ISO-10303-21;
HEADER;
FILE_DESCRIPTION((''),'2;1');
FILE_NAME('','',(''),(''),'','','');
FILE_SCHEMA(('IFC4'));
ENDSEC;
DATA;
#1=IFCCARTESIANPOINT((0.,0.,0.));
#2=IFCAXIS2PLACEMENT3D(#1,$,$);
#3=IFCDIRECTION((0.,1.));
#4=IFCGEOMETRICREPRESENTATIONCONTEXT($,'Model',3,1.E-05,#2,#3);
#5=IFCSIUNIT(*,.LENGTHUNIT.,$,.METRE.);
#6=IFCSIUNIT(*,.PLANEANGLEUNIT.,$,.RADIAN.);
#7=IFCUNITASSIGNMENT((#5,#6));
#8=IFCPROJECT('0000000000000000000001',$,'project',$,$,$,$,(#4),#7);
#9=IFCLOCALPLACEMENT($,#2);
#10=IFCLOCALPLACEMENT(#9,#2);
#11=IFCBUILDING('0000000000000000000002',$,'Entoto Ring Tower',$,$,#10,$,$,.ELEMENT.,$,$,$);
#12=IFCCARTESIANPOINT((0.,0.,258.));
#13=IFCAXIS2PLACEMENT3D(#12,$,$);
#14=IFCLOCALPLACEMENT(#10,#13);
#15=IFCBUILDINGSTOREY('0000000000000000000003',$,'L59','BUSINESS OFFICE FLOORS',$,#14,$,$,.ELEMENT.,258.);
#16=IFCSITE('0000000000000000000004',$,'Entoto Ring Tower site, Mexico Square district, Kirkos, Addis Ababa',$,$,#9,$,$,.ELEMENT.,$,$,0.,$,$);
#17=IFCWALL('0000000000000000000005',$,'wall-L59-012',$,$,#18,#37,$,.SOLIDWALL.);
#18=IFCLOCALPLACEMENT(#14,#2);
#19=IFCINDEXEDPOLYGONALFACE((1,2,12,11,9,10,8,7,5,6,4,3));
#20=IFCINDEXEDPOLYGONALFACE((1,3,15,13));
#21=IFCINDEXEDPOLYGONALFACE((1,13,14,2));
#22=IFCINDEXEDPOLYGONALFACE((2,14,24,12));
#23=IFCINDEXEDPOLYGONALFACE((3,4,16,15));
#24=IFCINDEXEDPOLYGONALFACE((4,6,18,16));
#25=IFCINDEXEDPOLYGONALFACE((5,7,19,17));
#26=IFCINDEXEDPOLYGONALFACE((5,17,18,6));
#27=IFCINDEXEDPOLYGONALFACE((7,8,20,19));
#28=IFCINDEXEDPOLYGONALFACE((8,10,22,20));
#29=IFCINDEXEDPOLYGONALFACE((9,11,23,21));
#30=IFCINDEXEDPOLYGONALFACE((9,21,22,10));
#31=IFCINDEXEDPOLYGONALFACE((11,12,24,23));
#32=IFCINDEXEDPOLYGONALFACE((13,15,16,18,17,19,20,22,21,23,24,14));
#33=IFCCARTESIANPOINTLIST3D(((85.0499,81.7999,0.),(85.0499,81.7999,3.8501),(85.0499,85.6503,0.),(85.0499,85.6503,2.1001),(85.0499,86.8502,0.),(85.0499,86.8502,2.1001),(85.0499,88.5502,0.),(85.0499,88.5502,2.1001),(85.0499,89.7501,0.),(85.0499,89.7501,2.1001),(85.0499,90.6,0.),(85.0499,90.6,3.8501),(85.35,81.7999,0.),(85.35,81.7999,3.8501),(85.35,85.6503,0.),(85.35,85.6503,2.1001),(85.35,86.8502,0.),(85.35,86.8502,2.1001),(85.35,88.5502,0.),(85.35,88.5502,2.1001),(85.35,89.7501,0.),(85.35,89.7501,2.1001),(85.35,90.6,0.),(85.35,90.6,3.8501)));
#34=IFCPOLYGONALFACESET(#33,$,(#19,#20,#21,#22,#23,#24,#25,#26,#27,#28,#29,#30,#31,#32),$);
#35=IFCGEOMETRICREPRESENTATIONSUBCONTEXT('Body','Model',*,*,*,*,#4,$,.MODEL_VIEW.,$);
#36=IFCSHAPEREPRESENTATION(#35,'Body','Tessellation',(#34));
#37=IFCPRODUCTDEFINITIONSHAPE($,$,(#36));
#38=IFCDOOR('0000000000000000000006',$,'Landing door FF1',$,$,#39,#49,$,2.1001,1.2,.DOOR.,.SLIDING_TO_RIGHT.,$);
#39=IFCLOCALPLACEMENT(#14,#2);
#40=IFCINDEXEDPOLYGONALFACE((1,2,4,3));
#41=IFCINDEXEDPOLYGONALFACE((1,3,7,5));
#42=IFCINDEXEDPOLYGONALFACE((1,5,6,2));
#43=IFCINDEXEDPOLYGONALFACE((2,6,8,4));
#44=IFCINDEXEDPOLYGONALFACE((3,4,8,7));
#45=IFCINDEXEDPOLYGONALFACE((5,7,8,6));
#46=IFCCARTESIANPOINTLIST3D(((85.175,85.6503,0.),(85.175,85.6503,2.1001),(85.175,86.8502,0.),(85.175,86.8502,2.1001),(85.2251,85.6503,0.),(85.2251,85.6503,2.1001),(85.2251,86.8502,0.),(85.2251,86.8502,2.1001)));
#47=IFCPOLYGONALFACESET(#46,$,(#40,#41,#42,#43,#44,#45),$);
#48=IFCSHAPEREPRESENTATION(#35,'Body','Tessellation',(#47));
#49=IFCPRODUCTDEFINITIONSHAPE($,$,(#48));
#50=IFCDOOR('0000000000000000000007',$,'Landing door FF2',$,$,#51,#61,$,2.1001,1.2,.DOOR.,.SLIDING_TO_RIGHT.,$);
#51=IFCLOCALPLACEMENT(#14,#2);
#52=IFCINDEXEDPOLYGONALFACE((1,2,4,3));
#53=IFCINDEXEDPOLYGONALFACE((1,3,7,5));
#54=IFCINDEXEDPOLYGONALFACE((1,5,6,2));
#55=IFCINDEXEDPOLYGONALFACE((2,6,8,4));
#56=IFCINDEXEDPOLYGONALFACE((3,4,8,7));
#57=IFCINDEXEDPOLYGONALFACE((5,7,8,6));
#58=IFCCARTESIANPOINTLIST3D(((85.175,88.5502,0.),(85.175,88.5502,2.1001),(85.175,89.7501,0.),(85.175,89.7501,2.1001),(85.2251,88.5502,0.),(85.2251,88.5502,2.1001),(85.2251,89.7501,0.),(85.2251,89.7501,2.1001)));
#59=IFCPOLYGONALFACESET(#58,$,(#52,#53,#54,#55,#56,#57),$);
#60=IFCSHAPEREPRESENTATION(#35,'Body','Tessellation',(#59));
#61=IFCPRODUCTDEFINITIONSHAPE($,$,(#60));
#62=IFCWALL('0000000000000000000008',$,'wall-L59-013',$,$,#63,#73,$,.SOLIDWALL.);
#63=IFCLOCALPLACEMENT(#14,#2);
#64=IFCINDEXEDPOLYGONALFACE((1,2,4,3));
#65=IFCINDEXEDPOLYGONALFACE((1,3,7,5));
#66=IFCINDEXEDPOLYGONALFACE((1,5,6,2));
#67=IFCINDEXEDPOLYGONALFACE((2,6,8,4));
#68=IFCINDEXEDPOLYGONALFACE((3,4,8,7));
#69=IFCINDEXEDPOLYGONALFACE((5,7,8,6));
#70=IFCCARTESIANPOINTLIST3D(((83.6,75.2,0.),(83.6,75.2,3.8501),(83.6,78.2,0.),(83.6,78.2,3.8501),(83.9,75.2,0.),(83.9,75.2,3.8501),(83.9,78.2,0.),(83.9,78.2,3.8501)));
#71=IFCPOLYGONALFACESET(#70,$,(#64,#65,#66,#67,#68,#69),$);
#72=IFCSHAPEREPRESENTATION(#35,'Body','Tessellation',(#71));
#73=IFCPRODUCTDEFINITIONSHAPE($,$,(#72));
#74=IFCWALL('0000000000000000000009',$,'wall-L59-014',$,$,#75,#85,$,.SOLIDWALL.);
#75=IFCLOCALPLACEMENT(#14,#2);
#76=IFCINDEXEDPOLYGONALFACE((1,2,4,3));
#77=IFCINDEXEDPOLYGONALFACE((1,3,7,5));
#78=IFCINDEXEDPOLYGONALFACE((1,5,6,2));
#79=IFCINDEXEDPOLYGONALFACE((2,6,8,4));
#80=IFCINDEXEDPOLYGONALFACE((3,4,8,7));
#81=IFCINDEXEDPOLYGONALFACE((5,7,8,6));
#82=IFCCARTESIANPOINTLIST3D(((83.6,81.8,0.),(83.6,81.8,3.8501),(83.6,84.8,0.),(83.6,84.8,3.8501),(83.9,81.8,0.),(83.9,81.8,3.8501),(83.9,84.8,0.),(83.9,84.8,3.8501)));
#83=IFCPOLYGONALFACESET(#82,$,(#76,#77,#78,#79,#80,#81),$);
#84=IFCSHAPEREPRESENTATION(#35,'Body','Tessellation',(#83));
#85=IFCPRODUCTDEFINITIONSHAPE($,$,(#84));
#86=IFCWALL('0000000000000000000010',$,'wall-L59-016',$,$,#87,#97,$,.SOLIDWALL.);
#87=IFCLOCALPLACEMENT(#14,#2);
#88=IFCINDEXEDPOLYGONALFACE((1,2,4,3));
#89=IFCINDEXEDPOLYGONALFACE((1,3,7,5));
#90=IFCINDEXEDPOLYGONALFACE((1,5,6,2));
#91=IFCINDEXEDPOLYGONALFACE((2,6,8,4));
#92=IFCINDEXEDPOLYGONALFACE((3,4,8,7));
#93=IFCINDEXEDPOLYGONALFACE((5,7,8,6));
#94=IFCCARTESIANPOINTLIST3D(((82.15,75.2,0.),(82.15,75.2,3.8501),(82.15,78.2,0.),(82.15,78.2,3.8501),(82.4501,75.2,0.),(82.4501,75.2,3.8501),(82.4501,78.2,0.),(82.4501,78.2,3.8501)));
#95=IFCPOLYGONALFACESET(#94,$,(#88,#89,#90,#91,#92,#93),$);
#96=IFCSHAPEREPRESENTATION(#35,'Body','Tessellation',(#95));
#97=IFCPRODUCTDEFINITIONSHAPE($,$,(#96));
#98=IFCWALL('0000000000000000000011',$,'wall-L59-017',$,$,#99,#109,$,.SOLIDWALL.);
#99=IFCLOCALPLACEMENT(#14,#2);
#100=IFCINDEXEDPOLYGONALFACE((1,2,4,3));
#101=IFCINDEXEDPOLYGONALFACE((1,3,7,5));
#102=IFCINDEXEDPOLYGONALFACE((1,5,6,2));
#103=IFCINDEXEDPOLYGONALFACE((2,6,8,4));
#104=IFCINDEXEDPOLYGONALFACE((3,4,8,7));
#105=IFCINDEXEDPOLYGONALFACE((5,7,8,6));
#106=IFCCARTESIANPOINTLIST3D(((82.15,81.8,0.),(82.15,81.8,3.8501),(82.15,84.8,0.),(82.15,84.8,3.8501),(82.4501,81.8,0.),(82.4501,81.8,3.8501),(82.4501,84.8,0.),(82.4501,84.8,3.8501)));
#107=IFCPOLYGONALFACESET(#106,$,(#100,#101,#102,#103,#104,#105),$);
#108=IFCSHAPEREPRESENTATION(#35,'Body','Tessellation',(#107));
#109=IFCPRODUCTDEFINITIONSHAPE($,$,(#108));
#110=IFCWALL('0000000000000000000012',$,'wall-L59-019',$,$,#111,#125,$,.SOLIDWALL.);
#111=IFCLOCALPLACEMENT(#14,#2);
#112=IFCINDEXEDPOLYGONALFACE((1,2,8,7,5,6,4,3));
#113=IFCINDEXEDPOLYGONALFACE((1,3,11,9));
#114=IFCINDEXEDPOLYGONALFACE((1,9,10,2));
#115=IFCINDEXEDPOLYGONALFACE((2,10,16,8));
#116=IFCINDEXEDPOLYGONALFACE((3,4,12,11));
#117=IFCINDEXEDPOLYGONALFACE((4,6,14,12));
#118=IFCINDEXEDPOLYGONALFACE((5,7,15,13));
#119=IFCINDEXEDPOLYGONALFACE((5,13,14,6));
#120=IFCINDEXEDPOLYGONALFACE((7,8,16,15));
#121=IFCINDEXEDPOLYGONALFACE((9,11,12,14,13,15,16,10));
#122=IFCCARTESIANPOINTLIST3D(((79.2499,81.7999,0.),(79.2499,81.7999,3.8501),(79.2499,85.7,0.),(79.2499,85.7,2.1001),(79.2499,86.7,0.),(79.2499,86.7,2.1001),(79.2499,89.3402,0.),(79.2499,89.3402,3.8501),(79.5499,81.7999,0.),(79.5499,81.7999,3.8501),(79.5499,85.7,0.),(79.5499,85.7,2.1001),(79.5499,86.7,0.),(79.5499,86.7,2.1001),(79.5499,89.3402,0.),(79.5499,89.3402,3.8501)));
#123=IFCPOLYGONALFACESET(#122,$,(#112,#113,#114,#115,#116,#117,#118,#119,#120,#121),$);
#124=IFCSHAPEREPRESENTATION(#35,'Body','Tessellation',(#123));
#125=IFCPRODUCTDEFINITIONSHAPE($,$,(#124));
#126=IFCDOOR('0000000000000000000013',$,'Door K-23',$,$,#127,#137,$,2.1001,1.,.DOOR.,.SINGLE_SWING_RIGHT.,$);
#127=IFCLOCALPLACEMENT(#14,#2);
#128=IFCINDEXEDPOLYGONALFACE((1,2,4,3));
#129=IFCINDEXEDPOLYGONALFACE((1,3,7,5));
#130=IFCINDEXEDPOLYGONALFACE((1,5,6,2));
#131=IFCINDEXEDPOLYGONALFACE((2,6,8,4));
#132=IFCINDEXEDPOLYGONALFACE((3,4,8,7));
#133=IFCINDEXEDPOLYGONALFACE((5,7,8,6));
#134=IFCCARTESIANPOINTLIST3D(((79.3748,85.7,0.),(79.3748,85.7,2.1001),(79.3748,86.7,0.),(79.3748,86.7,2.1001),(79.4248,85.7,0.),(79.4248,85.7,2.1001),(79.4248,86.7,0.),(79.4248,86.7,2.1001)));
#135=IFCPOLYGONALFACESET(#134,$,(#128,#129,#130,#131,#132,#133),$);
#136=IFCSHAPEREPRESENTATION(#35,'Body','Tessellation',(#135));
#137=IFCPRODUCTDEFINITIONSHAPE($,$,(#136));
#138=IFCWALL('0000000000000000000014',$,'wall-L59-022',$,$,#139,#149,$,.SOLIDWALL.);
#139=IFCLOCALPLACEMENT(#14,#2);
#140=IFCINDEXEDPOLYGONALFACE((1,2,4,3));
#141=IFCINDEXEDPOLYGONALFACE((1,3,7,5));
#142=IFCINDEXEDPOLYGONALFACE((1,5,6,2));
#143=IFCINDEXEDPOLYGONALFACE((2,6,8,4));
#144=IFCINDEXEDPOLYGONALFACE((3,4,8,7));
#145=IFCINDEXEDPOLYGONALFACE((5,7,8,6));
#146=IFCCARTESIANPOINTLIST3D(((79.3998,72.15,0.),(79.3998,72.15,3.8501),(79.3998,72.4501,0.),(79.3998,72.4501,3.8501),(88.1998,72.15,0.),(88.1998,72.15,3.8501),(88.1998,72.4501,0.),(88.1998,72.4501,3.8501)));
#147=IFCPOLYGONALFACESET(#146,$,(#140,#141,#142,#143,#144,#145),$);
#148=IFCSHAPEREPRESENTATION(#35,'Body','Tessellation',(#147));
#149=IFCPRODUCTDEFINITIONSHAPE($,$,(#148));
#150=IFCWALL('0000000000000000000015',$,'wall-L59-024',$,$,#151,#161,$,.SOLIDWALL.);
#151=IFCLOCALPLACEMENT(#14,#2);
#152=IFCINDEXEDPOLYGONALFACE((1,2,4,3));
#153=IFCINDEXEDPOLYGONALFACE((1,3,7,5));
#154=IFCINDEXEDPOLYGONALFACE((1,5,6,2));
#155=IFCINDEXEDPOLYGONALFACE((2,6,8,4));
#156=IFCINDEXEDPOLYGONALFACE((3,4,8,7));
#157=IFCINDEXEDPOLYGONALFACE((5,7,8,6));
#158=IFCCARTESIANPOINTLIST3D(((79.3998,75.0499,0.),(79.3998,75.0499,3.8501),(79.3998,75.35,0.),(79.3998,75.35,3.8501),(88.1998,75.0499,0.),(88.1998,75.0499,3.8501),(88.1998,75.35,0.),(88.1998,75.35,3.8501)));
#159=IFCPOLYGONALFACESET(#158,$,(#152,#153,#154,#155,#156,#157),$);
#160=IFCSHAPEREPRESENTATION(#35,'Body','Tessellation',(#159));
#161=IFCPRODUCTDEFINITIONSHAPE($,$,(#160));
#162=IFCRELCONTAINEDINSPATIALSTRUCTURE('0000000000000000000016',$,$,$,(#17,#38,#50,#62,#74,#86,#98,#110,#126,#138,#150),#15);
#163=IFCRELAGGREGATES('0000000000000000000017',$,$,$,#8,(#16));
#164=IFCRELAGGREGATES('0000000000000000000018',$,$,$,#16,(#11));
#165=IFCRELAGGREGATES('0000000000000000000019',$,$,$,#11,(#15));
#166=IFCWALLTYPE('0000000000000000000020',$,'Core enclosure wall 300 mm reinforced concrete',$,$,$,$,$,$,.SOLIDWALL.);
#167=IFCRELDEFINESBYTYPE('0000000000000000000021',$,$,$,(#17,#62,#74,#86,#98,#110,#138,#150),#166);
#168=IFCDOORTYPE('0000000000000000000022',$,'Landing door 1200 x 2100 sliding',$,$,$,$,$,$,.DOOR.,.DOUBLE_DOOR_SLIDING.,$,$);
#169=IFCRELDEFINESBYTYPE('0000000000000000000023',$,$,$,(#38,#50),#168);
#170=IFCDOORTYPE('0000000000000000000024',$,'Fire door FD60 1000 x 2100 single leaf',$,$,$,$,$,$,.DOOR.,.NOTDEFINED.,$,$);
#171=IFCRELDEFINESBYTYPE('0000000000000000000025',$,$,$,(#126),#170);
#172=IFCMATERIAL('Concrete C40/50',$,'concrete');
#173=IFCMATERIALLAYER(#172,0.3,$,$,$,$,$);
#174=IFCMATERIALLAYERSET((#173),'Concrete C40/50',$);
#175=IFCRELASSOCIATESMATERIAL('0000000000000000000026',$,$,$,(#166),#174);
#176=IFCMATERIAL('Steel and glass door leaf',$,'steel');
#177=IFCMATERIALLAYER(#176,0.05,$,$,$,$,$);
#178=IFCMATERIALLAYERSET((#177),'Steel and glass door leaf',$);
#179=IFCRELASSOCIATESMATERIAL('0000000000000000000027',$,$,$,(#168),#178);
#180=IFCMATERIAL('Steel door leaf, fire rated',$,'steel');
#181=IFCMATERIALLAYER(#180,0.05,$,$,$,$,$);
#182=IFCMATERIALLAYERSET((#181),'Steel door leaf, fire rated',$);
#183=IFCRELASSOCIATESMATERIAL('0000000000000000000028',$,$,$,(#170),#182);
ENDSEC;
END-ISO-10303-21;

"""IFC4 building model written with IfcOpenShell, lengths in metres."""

from ifc_helpers import new_model, si_unit, direction, frame, frame_2d, origin, place, context, subcontext, project, spatial, rectangle, extrude, material, layer, layer_set, type_object, element, fill, save


model = new_model("IFC4")

# Units and contexts
model_context = context("Model", 3, precision=1e-05, world=origin(), true_north=direction((0.0, 1.0)))
body_context = subcontext(model_context, "Body", "Model", "MODEL_VIEW")
ifc_project = project(units=[si_unit("LENGTHUNIT", "METRE"), si_unit("PLANEANGLEUNIT", "RADIAN")], contexts=[model_context])

# Site, building, storey
site_placement = place(None, origin())
site = spatial("IfcSite", under=ifc_project, at=site_placement, Name="Entoto Ring Tower site, Mexico Square district, Kirkos, Addis Ababa", CompositionType="ELEMENT", RefElevation=0.0)
building_placement = place(site_placement, origin())
building = spatial("IfcBuilding", under=site, at=building_placement, Name="Entoto Ring Tower", CompositionType="ELEMENT")
storey_placement = place(building_placement, frame((0.0, 0.0, 258.0)))
storey = spatial("IfcBuildingStorey", under=building, at=storey_placement, Name="L59", Description="BUSINESS OFFICE FLOORS", CompositionType="ELEMENT", Elevation=258.0)

# Wall, openings, doors
ifc_material_1 = material(Name="Concrete C40/50", Category="concrete")
ifc_layer_1 = layer(ifc_material_1, 0.3)
ifc_layer_set_1 = layer_set([ifc_layer_1], Name="Concrete C40/50")
wall_type = type_object("IfcWallType", Name="Core enclosure wall 300 mm reinforced concrete", PredefinedType="SOLIDWALL", material=ifc_layer_set_1)
wall_1_placement = place(storey_placement, frame((85.2, 81.8, 0.0), z_axis=(0.0, 0.0, 1.0), x_axis=(0.0, 1.0, 0.0)))
wall_1 = element("IfcWall", 1, at=wall_1_placement, inside=storey, type_object=wall_type, Name="wall-L59-012", PredefinedType="SOLIDWALL", context=body_context, shape_type="SweptSolid", body=[
    extrude(rectangle(XDim=8.8, YDim=0.3, at=frame_2d((4.3999, 0.0))), origin(), (0.0, 0.0, 1.0), 3.8501),
])
opening_1_placement = place(wall_1_placement, frame((3.8501, 0.0, 0.0)))
opening_1 = element("IfcOpeningElement", 2, at=opening_1_placement, cuts=wall_1, PredefinedType="OPENING", context=body_context, shape_type="SweptSolid", body=[
    extrude(rectangle(XDim=1.2, YDim=2.1001, at=frame_2d((0.6001, 1.05))), frame((0.0, 0.1602, 0.0), z_axis=(0.0, -1.0, 0.0), x_axis=(1.0, 0.0, 0.0)), (0.0, 0.0, 1.0), 0.3201),
])
opening_2_placement = place(wall_1_placement, frame((6.75, 0.0, 0.0)))
opening_2 = element("IfcOpeningElement", 3, at=opening_2_placement, cuts=wall_1, PredefinedType="OPENING", context=body_context, shape_type="SweptSolid", body=[
    extrude(rectangle(XDim=1.2, YDim=2.1001, at=frame_2d((0.6001, 1.05))), frame((0.0, 0.1602, 0.0), z_axis=(0.0, -1.0, 0.0), x_axis=(1.0, 0.0, 0.0)), (0.0, 0.0, 1.0), 0.3201),
])
ifc_material_2 = material(Name="Steel and glass door leaf", Category="steel")
ifc_layer_2 = layer(ifc_material_2, 0.05)
ifc_layer_set_2 = layer_set([ifc_layer_2], Name="Steel and glass door leaf")
door_type_1 = type_object("IfcDoorType", Name="Landing door 1200 x 2100 sliding", OperationType="DOUBLE_DOOR_SLIDING", PredefinedType="DOOR", material=ifc_layer_set_2)
door_1_placement = place(opening_1_placement, origin())
door_1 = element("IfcDoor", 4, at=door_1_placement, inside=storey, type_object=door_type_1, Name="Landing door FF1", OperationType="SLIDING_TO_RIGHT", OverallHeight=2.1001, OverallWidth=1.2, PredefinedType="DOOR", context=body_context, shape_type="SweptSolid", body=[
    extrude(rectangle(XDim=1.2, YDim=2.1001, at=frame_2d((0.6001, 1.05))), frame((0.0, 0.0249, 0.0), z_axis=(0.0, -1.0, 0.0), x_axis=(1.0, 0.0, 0.0)), (0.0, 0.0, 1.0), 0.05),
])
fill(opening_1, door_1)
door_2_placement = place(opening_2_placement, origin())
door_2 = element("IfcDoor", 5, at=door_2_placement, inside=storey, type_object=door_type_1, Name="Landing door FF2", OperationType="SLIDING_TO_RIGHT", OverallHeight=2.1001, OverallWidth=1.2, PredefinedType="DOOR", context=body_context, shape_type="SweptSolid", body=[
    extrude(rectangle(XDim=1.2, YDim=2.1001, at=frame_2d((0.6001, 1.05))), frame((0.0, 0.0249, 0.0), z_axis=(0.0, -1.0, 0.0), x_axis=(1.0, 0.0, 0.0)), (0.0, 0.0, 1.0), 0.05),
])
fill(opening_2, door_2)

# Walls
for number, where, z_axis, x_axis, name in (
    (6, (83.75, 75.2, 0.0), (0.0, 0.0, 1.0), (0.0, 1.0, 0.0), "wall-L59-013"),
    (7, (83.75, 81.8, 0.0), (0.0, 0.0, 1.0), (0.0, 1.0, 0.0), "wall-L59-014"),
    (8, (82.3, 75.2, 0.0), (0.0, 0.0, 1.0), (0.0, 1.0, 0.0), "wall-L59-016"),
    (9, (82.3, 81.8, 0.0), (0.0, 0.0, 1.0), (0.0, 1.0, 0.0), "wall-L59-017"),
):
    element("IfcWall", number, at=place(storey_placement, frame(where, z_axis=z_axis, x_axis=x_axis)), inside=storey, type_object=wall_type, Name=name, PredefinedType="SOLIDWALL", context=body_context, shape_type="SweptSolid", body=[
        extrude(rectangle(XDim=3.0, YDim=0.3, at=frame_2d((1.5, 0.0))), origin(), (0.0, 0.0, 1.0), 3.8501),
    ])

# Wall, opening, door
wall_2_placement = place(storey_placement, frame((79.3999, 81.8, 0.0), z_axis=(0.0, 0.0, 1.0), x_axis=(0.0, 1.0, 0.0)))
wall_2 = element("IfcWall", 10, at=wall_2_placement, inside=storey, type_object=wall_type, Name="wall-L59-019", PredefinedType="SOLIDWALL", context=body_context, shape_type="SweptSolid", body=[
    extrude(rectangle(XDim=7.5403, YDim=0.3, at=frame_2d((3.77, 0.0))), origin(), (0.0, 0.0, 1.0), 3.8501),
])
opening_3_placement = place(wall_2_placement, frame((3.8999, 0.0, 0.0)))
opening_3 = element("IfcOpeningElement", 11, at=opening_3_placement, cuts=wall_2, PredefinedType="OPENING", context=body_context, shape_type="SweptSolid", body=[
    extrude(rectangle(XDim=1.0, YDim=2.1001, at=frame_2d((0.5, 1.05))), frame((0.0, 0.1602, 0.0), z_axis=(0.0, -1.0, 0.0), x_axis=(1.0, 0.0, 0.0)), (0.0, 0.0, 1.0), 0.3201),
])
ifc_material_3 = material(Name="Steel door leaf, fire rated", Category="steel")
ifc_layer_3 = layer(ifc_material_3, 0.05)
ifc_layer_set_3 = layer_set([ifc_layer_3], Name="Steel door leaf, fire rated")
door_type_2 = type_object("IfcDoorType", Name="Fire door FD60 1000 x 2100 single leaf", OperationType="NOTDEFINED", PredefinedType="DOOR", material=ifc_layer_set_3)
door_3_placement = place(opening_3_placement, frame((1.0, 0.0, 0.0), z_axis=(0.0, 0.0, 1.0), x_axis=(-1.0, 0.0, 0.0)))
door_3 = element("IfcDoor", 12, at=door_3_placement, inside=storey, type_object=door_type_2, Name="Door K-23", OperationType="SINGLE_SWING_RIGHT", OverallHeight=2.1001, OverallWidth=1.0, PredefinedType="DOOR", context=body_context, shape_type="SweptSolid", body=[
    extrude(rectangle(XDim=1.0, YDim=2.1001, at=frame_2d((0.5, 1.05))), frame((0.0, 0.0249, 0.0), z_axis=(0.0, -1.0, 0.0), x_axis=(1.0, 0.0, 0.0)), (0.0, 0.0, 1.0), 0.05),
])
fill(opening_3, door_3)

# Walls
for number, where, z_axis, x_axis, name in (
    (13, (79.3999, 72.3, 0.0), (0.0, 0.0, 1.0), (1.0, 0.0, 0.0), "wall-L59-022"),
    (14, (79.3999, 75.2, 0.0), (0.0, 0.0, 1.0), (1.0, 0.0, 0.0), "wall-L59-024"),
):
    element("IfcWall", number, at=place(storey_placement, frame(where, z_axis=z_axis, x_axis=x_axis)), inside=storey, type_object=wall_type, Name=name, PredefinedType="SOLIDWALL", context=body_context, shape_type="SweptSolid", body=[
        extrude(rectangle(XDim=8.8, YDim=0.3, at=frame_2d((4.3999, 0.0))), origin(), (0.0, 0.0, 1.0), 3.8501),
    ])

save(model, "model.ifc")
